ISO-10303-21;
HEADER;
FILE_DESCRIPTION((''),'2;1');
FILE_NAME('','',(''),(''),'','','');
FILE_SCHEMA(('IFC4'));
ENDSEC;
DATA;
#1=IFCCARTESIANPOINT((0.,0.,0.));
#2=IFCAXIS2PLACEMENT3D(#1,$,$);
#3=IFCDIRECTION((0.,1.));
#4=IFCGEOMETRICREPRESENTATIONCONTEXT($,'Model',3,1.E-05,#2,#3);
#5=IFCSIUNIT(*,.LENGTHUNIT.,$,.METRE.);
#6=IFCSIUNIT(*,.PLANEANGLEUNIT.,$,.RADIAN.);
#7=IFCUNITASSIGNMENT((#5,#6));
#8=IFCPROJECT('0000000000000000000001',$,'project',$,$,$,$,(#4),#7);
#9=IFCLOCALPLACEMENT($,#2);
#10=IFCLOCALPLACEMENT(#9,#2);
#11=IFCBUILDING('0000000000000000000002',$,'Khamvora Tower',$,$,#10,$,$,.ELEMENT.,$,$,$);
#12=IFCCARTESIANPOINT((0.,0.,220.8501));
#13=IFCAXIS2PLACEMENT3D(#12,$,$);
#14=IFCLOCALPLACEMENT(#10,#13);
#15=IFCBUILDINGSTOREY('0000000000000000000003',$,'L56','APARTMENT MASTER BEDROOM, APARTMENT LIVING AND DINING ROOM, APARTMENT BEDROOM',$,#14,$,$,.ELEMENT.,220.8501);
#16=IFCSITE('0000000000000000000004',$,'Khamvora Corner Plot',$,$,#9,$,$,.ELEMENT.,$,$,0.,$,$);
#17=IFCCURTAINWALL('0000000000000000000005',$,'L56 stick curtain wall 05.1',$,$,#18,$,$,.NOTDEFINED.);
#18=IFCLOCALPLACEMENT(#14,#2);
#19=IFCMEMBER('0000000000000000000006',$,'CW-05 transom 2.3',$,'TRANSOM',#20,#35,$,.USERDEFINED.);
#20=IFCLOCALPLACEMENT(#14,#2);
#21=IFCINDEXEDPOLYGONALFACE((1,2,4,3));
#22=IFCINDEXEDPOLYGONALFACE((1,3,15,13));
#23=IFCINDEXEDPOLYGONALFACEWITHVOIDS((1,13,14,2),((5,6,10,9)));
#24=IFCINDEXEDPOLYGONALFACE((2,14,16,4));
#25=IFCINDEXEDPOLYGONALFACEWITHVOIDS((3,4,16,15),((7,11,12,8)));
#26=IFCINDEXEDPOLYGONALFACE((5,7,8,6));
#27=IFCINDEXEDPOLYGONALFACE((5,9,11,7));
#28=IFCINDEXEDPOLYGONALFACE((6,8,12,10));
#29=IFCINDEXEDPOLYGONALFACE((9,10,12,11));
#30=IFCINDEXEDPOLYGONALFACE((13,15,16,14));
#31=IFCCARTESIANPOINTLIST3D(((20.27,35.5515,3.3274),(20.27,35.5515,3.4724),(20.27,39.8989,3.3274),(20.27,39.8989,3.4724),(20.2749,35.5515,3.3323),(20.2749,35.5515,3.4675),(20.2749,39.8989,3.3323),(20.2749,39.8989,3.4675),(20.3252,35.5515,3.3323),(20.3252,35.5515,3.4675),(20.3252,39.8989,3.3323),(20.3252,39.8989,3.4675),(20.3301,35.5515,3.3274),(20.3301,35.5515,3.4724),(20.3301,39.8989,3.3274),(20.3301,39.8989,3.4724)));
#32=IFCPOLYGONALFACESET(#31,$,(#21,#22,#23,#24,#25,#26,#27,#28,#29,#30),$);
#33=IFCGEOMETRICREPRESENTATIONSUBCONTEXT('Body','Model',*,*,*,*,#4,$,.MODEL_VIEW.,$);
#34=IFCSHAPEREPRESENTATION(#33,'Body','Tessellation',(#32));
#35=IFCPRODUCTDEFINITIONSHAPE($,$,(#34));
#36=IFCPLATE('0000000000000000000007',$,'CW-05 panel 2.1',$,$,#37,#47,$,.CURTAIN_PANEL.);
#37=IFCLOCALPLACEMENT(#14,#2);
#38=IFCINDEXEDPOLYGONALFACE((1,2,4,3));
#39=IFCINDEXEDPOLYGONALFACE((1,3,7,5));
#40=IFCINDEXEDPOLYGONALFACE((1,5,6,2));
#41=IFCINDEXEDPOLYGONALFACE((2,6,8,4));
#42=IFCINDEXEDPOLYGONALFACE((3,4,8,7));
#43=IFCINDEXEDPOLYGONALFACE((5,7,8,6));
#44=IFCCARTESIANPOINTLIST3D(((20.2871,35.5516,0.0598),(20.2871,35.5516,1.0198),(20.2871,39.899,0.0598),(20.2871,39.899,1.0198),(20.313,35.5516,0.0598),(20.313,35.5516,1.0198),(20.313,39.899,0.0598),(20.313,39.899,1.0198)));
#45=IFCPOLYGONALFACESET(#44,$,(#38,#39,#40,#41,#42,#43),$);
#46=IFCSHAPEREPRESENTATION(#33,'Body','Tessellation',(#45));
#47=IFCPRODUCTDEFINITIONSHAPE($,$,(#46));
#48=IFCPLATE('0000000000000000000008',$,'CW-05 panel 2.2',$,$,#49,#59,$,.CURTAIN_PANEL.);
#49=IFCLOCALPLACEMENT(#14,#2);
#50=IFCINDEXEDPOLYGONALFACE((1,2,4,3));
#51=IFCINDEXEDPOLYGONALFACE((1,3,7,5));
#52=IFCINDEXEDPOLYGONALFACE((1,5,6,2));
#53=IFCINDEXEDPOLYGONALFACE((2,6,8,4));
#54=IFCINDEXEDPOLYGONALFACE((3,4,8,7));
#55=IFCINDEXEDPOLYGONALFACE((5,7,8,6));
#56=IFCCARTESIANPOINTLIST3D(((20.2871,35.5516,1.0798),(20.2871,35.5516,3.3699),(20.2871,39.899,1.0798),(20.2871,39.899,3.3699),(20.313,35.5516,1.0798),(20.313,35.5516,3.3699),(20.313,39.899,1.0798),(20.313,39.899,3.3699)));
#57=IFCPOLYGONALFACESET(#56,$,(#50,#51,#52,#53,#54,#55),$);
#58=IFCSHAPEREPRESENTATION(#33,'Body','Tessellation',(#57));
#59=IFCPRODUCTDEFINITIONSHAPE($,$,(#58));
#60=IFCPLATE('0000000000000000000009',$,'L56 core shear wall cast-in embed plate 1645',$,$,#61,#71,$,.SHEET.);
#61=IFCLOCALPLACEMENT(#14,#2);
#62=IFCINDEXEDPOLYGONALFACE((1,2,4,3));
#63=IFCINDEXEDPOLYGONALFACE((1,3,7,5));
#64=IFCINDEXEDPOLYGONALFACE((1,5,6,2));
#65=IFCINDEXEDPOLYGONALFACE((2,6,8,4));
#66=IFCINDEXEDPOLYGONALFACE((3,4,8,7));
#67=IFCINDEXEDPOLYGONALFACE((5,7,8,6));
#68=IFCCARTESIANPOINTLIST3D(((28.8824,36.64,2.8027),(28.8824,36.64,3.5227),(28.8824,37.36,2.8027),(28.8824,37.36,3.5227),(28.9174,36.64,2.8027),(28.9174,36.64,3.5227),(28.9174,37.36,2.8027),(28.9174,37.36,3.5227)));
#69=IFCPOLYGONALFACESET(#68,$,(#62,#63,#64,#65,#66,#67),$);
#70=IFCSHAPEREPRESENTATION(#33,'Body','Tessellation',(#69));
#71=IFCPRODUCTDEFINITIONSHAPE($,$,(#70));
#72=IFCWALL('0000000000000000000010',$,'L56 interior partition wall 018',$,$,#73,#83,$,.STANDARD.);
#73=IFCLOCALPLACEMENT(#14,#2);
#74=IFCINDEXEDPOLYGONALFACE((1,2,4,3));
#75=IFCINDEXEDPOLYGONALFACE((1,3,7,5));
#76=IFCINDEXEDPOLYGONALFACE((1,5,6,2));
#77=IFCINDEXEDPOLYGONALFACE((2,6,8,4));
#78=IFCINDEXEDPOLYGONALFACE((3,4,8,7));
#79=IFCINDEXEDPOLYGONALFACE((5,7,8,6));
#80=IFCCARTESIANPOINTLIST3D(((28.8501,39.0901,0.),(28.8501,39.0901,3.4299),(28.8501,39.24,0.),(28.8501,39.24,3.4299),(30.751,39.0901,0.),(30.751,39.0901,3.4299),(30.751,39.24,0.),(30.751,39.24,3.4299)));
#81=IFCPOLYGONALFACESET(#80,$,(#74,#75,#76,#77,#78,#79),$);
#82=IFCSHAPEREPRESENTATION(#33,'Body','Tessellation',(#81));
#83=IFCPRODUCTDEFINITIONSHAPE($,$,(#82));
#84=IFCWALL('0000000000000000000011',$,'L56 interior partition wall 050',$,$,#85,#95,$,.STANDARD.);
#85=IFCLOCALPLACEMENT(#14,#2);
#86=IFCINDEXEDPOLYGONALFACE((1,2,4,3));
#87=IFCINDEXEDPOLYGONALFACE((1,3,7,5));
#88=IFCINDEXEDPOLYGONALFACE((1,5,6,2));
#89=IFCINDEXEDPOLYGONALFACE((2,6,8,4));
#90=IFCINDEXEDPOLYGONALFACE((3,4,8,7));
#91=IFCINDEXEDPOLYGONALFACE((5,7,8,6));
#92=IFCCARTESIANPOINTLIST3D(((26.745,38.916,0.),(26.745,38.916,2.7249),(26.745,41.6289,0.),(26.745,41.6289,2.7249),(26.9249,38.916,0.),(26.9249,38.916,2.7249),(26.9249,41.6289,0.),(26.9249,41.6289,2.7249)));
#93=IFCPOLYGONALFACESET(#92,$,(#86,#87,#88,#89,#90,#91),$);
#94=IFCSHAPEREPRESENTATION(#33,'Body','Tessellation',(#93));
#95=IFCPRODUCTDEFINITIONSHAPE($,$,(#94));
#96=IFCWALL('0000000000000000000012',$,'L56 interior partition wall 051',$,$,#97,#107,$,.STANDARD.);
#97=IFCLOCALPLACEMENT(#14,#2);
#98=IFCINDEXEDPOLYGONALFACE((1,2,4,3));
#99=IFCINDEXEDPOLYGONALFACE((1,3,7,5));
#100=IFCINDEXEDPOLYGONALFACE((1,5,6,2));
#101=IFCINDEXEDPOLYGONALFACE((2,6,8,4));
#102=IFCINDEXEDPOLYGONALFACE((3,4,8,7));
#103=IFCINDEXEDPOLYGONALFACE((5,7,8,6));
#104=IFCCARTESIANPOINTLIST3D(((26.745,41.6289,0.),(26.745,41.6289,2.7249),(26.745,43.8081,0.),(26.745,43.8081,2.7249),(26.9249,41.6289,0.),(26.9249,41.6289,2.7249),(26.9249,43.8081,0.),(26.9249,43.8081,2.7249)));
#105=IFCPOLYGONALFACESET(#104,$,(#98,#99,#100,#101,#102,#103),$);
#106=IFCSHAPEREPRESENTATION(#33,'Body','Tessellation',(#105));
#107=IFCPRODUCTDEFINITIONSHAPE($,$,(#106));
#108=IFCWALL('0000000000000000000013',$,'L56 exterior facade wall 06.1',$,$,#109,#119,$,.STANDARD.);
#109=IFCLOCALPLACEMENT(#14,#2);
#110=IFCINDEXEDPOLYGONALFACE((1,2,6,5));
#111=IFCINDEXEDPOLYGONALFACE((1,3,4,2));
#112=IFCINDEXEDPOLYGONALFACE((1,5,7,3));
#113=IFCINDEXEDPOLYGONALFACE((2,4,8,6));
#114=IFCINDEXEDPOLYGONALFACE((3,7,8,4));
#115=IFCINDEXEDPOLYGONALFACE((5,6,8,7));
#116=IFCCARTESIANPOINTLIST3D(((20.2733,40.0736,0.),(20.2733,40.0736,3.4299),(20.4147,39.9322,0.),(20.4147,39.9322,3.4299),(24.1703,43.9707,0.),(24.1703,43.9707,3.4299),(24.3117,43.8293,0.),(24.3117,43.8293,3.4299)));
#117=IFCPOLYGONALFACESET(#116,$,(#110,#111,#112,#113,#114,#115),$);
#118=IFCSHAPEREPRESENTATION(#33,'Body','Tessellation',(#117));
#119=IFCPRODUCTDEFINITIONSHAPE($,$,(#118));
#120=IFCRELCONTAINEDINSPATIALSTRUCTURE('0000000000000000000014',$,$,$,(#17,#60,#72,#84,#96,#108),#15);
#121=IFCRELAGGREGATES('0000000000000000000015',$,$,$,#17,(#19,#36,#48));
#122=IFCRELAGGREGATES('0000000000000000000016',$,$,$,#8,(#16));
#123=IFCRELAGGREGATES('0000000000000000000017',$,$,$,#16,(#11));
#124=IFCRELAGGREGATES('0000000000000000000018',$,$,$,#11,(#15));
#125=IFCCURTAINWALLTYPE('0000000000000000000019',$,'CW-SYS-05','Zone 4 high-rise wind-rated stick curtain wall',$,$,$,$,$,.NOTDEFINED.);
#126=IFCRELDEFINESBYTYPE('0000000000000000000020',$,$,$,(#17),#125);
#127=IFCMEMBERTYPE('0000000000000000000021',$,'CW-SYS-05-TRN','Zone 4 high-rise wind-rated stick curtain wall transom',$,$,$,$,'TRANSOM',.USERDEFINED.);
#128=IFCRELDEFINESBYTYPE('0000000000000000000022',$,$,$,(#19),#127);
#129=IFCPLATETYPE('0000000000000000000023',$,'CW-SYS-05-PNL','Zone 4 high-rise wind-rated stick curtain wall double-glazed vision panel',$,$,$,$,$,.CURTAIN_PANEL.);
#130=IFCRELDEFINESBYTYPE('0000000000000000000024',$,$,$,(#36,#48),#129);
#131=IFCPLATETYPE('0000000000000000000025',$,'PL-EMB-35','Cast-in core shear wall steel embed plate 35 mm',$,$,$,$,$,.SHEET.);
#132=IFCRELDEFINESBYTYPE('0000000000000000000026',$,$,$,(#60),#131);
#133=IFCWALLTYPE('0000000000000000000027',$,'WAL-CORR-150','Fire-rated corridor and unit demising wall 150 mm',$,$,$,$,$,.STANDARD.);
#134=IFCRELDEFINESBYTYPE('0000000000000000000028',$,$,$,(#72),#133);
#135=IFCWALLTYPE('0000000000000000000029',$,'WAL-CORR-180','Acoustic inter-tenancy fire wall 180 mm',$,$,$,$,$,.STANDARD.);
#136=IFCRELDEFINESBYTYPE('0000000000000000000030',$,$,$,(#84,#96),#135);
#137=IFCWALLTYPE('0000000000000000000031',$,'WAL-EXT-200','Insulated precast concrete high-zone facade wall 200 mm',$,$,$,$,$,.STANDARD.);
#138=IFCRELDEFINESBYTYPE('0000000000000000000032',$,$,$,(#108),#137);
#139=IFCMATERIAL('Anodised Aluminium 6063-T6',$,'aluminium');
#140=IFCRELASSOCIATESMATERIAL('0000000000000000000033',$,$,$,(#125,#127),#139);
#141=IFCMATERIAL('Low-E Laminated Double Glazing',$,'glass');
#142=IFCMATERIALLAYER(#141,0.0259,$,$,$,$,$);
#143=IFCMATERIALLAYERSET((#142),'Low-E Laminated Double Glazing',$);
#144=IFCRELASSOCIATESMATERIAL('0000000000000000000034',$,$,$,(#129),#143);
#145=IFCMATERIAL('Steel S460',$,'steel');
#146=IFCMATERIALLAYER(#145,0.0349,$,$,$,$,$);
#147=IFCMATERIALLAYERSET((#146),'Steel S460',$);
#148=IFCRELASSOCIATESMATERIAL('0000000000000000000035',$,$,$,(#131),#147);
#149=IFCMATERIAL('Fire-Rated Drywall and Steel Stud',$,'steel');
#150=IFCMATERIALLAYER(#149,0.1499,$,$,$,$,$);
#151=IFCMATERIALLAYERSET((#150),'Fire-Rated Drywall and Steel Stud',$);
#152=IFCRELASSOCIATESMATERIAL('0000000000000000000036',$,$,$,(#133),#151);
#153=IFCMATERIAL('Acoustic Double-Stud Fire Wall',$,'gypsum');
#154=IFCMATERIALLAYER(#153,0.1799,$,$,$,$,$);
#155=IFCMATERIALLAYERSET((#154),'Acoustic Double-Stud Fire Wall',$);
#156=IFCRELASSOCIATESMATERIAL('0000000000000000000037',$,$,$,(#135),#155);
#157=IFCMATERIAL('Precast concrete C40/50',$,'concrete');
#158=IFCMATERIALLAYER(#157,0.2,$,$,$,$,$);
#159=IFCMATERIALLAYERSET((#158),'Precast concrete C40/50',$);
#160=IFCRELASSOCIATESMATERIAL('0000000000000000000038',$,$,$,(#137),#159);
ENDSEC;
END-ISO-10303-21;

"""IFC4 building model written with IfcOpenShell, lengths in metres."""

from ifc_helpers import new_model, si_unit, direction, frame, frame_2d, origin, origin_2d, place, context, subcontext, project, spatial, rectangle, hollow_rectangle, extrude, material, layer, layer_set, material_profile, profile_set, type_object, element, aggregate, save


model = new_model("IFC4")

# Units and contexts
model_context = context("Model", 3, precision=1e-05, world=origin(), true_north=direction((0.0, 1.0)))
body_context = subcontext(model_context, "Body", "Model", "MODEL_VIEW")
ifc_project = project(units=[si_unit("LENGTHUNIT", "METRE"), si_unit("PLANEANGLEUNIT", "RADIAN")], contexts=[model_context])

# Site, building, storey
site_placement = place(None, origin())
site = spatial("IfcSite", under=ifc_project, at=site_placement, Name="Khamvora Corner Plot", CompositionType="ELEMENT", RefElevation=0.0)
building_placement = place(site_placement, origin())
building = spatial("IfcBuilding", under=site, at=building_placement, Name="Khamvora Tower", CompositionType="ELEMENT")
storey_placement = place(building_placement, frame((0.0, 0.0, 220.8501)))
storey = spatial("IfcBuildingStorey", under=building, at=storey_placement, Name="L56", Description="APARTMENT MASTER BEDROOM, APARTMENT LIVING AND DINING ROOM, APARTMENT BEDROOM", CompositionType="ELEMENT", Elevation=220.8501)

# Curtain wall, member, plates
ifc_material_1 = material(Name="Anodised Aluminium 6063-T6", Category="aluminium")
curtain_wall_type = type_object("IfcCurtainWallType", Name="CW-SYS-05", Description="Zone 4 high-rise wind-rated stick curtain wall", PredefinedType="NOTDEFINED", material=ifc_material_1)
curtain_wall_placement = place(storey_placement, origin())
curtain_wall = element("IfcCurtainWall", 1, at=curtain_wall_placement, inside=storey, type_object=curtain_wall_type, Name="L56 stick curtain wall 05.1", PredefinedType="NOTDEFINED")
ifc_material_profile_1 = material_profile(ifc_material_1, hollow_rectangle(XDim=0.0601, YDim=0.145, WallThickness=0.0049, at=origin_2d()), Name="TRN60x145x5")
ifc_profile_set_1 = profile_set([ifc_material_profile_1], Name="Anodised Aluminium 6063-T6")
member_type_1 = type_object("IfcMemberType", Name="CW-SYS-05-TRN", Description="Zone 4 high-rise wind-rated stick curtain wall transom", ElementType="TRANSOM", PredefinedType="USERDEFINED", material=ifc_profile_set_1)
member_1_placement = place(storey_placement, frame((20.3, 35.5515, 3.3999), z_axis=(0.0, 1.0, 0.0), x_axis=(-1.0, 0.0, 0.0)))
member_1 = element("IfcMember", 2, at=member_1_placement, type_object=member_type_1, Name="CW-05 transom 2.3", ObjectType="TRANSOM", PredefinedType="USERDEFINED", context=body_context, shape_type="SweptSolid", body=[
    extrude(hollow_rectangle(XDim=0.0601, YDim=0.145, WallThickness=0.0049, at=origin_2d()), origin(), (0.0, 0.0, 1.0), 4.3474),
])
ifc_material_2 = material(Name="Low-E Laminated Double Glazing", Category="glass")
ifc_layer_1 = layer(ifc_material_2, 0.0259)
ifc_layer_set_1 = layer_set([ifc_layer_1], Name="Low-E Laminated Double Glazing")
plate_type_1 = type_object("IfcPlateType", Name="CW-SYS-05-PNL", Description="Zone 4 high-rise wind-rated stick curtain wall double-glazed vision panel", PredefinedType="CURTAIN_PANEL", material=ifc_layer_set_1)
plate_1_placement = place(storey_placement, frame((20.3, 37.7253, 0.0598), z_axis=(0.0, 0.0, 1.0), x_axis=(0.0, 1.0, 0.0)))
plate_1 = element("IfcPlate", 3, at=plate_1_placement, type_object=plate_type_1, Name="CW-05 panel 2.1", PredefinedType="CURTAIN_PANEL", context=body_context, shape_type="SweptSolid", body=[
    extrude(rectangle(XDim=4.3474, YDim=0.0259, at=origin_2d()), origin(), (0.0, 0.0, 1.0), 0.96),
])
plate_2_placement = place(storey_placement, frame((20.3, 37.7253, 1.0798), z_axis=(0.0, 0.0, 1.0), x_axis=(0.0, 1.0, 0.0)))
plate_2 = element("IfcPlate", 4, at=plate_2_placement, type_object=plate_type_1, Name="CW-05 panel 2.2", PredefinedType="CURTAIN_PANEL", context=body_context, shape_type="SweptSolid", body=[
    extrude(rectangle(XDim=4.3474, YDim=0.0259, at=origin_2d()), origin(), (0.0, 0.0, 1.0), 2.29),
])
aggregate(curtain_wall, [member_1, plate_1, plate_2])

# Plate
ifc_material_3 = material(Name="Steel S460", Category="steel")
ifc_layer_2 = layer(ifc_material_3, 0.0349)
ifc_layer_set_2 = layer_set([ifc_layer_2], Name="Steel S460")
plate_type_2 = type_object("IfcPlateType", Name="PL-EMB-35", Description="Cast-in core shear wall steel embed plate 35 mm", PredefinedType="SHEET", material=ifc_layer_set_2)
plate_3_placement = place(storey_placement, frame((28.8999, 37.0, 2.8027), z_axis=(0.0, 0.0, 1.0), x_axis=(1.0, 0.0, 0.0)))
element("IfcPlate", 5, at=plate_3_placement, inside=storey, type_object=plate_type_2, Name="L56 core shear wall cast-in embed plate 1645", PredefinedType="SHEET", context=body_context, shape_type="SweptSolid", body=[
    extrude(rectangle(XDim=0.0349, YDim=0.72, at=origin_2d()), origin(), (0.0, 0.0, 1.0), 0.72),
])

# Walls
ifc_material_4 = material(Name="Fire-Rated Drywall and Steel Stud", Category="steel")
ifc_layer_3 = layer(ifc_material_4, 0.1499)
ifc_layer_set_3 = layer_set([ifc_layer_3], Name="Fire-Rated Drywall and Steel Stud")
wall_type_1 = type_object("IfcWallType", Name="WAL-CORR-150", Description="Fire-rated corridor and unit demising wall 150 mm", PredefinedType="STANDARD", material=ifc_layer_set_3)
wall_1_placement = place(storey_placement, frame((28.8501, 39.165, 0.0), z_axis=(0.0, 0.0, 1.0), x_axis=(1.0, 0.0, 0.0)))
element("IfcWall", 6, at=wall_1_placement, inside=storey, type_object=wall_type_1, Name="L56 interior partition wall 018", PredefinedType="STANDARD", context=body_context, shape_type="SweptSolid", body=[
    extrude(rectangle(XDim=1.9009, YDim=0.1499, at=frame_2d((0.9504, 0.0))), origin(), (0.0, 0.0, 1.0), 3.4299),
])
ifc_material_5 = material(Name="Acoustic Double-Stud Fire Wall", Category="gypsum")
ifc_layer_4 = layer(ifc_material_5, 0.1799)
ifc_layer_set_4 = layer_set([ifc_layer_4], Name="Acoustic Double-Stud Fire Wall")
wall_type_2 = type_object("IfcWallType", Name="WAL-CORR-180", Description="Acoustic inter-tenancy fire wall 180 mm", PredefinedType="STANDARD", material=ifc_layer_set_4)
wall_2_placement = place(storey_placement, frame((26.835, 41.6289, 0.0), z_axis=(0.0, 0.0, 1.0), x_axis=(0.0, -1.0, 0.0)))
element("IfcWall", 7, at=wall_2_placement, inside=storey, type_object=wall_type_2, Name="L56 interior partition wall 050", PredefinedType="STANDARD", context=body_context, shape_type="SweptSolid", body=[
    extrude(rectangle(XDim=2.7129, YDim=0.1799, at=frame_2d((1.3564, 0.0))), origin(), (0.0, 0.0, 1.0), 2.7249),
])
wall_3_placement = place(storey_placement, frame((26.835, 43.8081, 0.0), z_axis=(0.0, 0.0, 1.0), x_axis=(0.0, -1.0, 0.0)))
element("IfcWall", 8, at=wall_3_placement, inside=storey, type_object=wall_type_2, Name="L56 interior partition wall 051", PredefinedType="STANDARD", context=body_context, shape_type="SweptSolid", body=[
    extrude(rectangle(XDim=2.1792, YDim=0.1799, at=frame_2d((1.0896, 0.0))), origin(), (0.0, 0.0, 1.0), 2.7249),
])
ifc_material_6 = material(Name="Precast concrete C40/50", Category="concrete")
ifc_layer_5 = layer(ifc_material_6, 0.2)
ifc_layer_set_5 = layer_set([ifc_layer_5], Name="Precast concrete C40/50")
wall_type_3 = type_object("IfcWallType", Name="WAL-EXT-200", Description="Insulated precast concrete high-zone facade wall 200 mm", PredefinedType="STANDARD", material=ifc_layer_set_5)
wall_4_placement = place(storey_placement, frame((20.344, 40.0029, 0.0), z_axis=(0.0, 0.0, 1.0), x_axis=(0.707107, 0.707107, 0.0)))
element("IfcWall", 9, at=wall_4_placement, inside=storey, type_object=wall_type_3, Name="L56 exterior facade wall 06.1", PredefinedType="STANDARD", context=body_context, shape_type="SweptSolid", body=[
    extrude(rectangle(XDim=5.5112, YDim=0.2, at=frame_2d((2.7556, 0.0))), origin(), (0.0, 0.0, 1.0), 3.4299),
])

save(model, "model.ifc")
